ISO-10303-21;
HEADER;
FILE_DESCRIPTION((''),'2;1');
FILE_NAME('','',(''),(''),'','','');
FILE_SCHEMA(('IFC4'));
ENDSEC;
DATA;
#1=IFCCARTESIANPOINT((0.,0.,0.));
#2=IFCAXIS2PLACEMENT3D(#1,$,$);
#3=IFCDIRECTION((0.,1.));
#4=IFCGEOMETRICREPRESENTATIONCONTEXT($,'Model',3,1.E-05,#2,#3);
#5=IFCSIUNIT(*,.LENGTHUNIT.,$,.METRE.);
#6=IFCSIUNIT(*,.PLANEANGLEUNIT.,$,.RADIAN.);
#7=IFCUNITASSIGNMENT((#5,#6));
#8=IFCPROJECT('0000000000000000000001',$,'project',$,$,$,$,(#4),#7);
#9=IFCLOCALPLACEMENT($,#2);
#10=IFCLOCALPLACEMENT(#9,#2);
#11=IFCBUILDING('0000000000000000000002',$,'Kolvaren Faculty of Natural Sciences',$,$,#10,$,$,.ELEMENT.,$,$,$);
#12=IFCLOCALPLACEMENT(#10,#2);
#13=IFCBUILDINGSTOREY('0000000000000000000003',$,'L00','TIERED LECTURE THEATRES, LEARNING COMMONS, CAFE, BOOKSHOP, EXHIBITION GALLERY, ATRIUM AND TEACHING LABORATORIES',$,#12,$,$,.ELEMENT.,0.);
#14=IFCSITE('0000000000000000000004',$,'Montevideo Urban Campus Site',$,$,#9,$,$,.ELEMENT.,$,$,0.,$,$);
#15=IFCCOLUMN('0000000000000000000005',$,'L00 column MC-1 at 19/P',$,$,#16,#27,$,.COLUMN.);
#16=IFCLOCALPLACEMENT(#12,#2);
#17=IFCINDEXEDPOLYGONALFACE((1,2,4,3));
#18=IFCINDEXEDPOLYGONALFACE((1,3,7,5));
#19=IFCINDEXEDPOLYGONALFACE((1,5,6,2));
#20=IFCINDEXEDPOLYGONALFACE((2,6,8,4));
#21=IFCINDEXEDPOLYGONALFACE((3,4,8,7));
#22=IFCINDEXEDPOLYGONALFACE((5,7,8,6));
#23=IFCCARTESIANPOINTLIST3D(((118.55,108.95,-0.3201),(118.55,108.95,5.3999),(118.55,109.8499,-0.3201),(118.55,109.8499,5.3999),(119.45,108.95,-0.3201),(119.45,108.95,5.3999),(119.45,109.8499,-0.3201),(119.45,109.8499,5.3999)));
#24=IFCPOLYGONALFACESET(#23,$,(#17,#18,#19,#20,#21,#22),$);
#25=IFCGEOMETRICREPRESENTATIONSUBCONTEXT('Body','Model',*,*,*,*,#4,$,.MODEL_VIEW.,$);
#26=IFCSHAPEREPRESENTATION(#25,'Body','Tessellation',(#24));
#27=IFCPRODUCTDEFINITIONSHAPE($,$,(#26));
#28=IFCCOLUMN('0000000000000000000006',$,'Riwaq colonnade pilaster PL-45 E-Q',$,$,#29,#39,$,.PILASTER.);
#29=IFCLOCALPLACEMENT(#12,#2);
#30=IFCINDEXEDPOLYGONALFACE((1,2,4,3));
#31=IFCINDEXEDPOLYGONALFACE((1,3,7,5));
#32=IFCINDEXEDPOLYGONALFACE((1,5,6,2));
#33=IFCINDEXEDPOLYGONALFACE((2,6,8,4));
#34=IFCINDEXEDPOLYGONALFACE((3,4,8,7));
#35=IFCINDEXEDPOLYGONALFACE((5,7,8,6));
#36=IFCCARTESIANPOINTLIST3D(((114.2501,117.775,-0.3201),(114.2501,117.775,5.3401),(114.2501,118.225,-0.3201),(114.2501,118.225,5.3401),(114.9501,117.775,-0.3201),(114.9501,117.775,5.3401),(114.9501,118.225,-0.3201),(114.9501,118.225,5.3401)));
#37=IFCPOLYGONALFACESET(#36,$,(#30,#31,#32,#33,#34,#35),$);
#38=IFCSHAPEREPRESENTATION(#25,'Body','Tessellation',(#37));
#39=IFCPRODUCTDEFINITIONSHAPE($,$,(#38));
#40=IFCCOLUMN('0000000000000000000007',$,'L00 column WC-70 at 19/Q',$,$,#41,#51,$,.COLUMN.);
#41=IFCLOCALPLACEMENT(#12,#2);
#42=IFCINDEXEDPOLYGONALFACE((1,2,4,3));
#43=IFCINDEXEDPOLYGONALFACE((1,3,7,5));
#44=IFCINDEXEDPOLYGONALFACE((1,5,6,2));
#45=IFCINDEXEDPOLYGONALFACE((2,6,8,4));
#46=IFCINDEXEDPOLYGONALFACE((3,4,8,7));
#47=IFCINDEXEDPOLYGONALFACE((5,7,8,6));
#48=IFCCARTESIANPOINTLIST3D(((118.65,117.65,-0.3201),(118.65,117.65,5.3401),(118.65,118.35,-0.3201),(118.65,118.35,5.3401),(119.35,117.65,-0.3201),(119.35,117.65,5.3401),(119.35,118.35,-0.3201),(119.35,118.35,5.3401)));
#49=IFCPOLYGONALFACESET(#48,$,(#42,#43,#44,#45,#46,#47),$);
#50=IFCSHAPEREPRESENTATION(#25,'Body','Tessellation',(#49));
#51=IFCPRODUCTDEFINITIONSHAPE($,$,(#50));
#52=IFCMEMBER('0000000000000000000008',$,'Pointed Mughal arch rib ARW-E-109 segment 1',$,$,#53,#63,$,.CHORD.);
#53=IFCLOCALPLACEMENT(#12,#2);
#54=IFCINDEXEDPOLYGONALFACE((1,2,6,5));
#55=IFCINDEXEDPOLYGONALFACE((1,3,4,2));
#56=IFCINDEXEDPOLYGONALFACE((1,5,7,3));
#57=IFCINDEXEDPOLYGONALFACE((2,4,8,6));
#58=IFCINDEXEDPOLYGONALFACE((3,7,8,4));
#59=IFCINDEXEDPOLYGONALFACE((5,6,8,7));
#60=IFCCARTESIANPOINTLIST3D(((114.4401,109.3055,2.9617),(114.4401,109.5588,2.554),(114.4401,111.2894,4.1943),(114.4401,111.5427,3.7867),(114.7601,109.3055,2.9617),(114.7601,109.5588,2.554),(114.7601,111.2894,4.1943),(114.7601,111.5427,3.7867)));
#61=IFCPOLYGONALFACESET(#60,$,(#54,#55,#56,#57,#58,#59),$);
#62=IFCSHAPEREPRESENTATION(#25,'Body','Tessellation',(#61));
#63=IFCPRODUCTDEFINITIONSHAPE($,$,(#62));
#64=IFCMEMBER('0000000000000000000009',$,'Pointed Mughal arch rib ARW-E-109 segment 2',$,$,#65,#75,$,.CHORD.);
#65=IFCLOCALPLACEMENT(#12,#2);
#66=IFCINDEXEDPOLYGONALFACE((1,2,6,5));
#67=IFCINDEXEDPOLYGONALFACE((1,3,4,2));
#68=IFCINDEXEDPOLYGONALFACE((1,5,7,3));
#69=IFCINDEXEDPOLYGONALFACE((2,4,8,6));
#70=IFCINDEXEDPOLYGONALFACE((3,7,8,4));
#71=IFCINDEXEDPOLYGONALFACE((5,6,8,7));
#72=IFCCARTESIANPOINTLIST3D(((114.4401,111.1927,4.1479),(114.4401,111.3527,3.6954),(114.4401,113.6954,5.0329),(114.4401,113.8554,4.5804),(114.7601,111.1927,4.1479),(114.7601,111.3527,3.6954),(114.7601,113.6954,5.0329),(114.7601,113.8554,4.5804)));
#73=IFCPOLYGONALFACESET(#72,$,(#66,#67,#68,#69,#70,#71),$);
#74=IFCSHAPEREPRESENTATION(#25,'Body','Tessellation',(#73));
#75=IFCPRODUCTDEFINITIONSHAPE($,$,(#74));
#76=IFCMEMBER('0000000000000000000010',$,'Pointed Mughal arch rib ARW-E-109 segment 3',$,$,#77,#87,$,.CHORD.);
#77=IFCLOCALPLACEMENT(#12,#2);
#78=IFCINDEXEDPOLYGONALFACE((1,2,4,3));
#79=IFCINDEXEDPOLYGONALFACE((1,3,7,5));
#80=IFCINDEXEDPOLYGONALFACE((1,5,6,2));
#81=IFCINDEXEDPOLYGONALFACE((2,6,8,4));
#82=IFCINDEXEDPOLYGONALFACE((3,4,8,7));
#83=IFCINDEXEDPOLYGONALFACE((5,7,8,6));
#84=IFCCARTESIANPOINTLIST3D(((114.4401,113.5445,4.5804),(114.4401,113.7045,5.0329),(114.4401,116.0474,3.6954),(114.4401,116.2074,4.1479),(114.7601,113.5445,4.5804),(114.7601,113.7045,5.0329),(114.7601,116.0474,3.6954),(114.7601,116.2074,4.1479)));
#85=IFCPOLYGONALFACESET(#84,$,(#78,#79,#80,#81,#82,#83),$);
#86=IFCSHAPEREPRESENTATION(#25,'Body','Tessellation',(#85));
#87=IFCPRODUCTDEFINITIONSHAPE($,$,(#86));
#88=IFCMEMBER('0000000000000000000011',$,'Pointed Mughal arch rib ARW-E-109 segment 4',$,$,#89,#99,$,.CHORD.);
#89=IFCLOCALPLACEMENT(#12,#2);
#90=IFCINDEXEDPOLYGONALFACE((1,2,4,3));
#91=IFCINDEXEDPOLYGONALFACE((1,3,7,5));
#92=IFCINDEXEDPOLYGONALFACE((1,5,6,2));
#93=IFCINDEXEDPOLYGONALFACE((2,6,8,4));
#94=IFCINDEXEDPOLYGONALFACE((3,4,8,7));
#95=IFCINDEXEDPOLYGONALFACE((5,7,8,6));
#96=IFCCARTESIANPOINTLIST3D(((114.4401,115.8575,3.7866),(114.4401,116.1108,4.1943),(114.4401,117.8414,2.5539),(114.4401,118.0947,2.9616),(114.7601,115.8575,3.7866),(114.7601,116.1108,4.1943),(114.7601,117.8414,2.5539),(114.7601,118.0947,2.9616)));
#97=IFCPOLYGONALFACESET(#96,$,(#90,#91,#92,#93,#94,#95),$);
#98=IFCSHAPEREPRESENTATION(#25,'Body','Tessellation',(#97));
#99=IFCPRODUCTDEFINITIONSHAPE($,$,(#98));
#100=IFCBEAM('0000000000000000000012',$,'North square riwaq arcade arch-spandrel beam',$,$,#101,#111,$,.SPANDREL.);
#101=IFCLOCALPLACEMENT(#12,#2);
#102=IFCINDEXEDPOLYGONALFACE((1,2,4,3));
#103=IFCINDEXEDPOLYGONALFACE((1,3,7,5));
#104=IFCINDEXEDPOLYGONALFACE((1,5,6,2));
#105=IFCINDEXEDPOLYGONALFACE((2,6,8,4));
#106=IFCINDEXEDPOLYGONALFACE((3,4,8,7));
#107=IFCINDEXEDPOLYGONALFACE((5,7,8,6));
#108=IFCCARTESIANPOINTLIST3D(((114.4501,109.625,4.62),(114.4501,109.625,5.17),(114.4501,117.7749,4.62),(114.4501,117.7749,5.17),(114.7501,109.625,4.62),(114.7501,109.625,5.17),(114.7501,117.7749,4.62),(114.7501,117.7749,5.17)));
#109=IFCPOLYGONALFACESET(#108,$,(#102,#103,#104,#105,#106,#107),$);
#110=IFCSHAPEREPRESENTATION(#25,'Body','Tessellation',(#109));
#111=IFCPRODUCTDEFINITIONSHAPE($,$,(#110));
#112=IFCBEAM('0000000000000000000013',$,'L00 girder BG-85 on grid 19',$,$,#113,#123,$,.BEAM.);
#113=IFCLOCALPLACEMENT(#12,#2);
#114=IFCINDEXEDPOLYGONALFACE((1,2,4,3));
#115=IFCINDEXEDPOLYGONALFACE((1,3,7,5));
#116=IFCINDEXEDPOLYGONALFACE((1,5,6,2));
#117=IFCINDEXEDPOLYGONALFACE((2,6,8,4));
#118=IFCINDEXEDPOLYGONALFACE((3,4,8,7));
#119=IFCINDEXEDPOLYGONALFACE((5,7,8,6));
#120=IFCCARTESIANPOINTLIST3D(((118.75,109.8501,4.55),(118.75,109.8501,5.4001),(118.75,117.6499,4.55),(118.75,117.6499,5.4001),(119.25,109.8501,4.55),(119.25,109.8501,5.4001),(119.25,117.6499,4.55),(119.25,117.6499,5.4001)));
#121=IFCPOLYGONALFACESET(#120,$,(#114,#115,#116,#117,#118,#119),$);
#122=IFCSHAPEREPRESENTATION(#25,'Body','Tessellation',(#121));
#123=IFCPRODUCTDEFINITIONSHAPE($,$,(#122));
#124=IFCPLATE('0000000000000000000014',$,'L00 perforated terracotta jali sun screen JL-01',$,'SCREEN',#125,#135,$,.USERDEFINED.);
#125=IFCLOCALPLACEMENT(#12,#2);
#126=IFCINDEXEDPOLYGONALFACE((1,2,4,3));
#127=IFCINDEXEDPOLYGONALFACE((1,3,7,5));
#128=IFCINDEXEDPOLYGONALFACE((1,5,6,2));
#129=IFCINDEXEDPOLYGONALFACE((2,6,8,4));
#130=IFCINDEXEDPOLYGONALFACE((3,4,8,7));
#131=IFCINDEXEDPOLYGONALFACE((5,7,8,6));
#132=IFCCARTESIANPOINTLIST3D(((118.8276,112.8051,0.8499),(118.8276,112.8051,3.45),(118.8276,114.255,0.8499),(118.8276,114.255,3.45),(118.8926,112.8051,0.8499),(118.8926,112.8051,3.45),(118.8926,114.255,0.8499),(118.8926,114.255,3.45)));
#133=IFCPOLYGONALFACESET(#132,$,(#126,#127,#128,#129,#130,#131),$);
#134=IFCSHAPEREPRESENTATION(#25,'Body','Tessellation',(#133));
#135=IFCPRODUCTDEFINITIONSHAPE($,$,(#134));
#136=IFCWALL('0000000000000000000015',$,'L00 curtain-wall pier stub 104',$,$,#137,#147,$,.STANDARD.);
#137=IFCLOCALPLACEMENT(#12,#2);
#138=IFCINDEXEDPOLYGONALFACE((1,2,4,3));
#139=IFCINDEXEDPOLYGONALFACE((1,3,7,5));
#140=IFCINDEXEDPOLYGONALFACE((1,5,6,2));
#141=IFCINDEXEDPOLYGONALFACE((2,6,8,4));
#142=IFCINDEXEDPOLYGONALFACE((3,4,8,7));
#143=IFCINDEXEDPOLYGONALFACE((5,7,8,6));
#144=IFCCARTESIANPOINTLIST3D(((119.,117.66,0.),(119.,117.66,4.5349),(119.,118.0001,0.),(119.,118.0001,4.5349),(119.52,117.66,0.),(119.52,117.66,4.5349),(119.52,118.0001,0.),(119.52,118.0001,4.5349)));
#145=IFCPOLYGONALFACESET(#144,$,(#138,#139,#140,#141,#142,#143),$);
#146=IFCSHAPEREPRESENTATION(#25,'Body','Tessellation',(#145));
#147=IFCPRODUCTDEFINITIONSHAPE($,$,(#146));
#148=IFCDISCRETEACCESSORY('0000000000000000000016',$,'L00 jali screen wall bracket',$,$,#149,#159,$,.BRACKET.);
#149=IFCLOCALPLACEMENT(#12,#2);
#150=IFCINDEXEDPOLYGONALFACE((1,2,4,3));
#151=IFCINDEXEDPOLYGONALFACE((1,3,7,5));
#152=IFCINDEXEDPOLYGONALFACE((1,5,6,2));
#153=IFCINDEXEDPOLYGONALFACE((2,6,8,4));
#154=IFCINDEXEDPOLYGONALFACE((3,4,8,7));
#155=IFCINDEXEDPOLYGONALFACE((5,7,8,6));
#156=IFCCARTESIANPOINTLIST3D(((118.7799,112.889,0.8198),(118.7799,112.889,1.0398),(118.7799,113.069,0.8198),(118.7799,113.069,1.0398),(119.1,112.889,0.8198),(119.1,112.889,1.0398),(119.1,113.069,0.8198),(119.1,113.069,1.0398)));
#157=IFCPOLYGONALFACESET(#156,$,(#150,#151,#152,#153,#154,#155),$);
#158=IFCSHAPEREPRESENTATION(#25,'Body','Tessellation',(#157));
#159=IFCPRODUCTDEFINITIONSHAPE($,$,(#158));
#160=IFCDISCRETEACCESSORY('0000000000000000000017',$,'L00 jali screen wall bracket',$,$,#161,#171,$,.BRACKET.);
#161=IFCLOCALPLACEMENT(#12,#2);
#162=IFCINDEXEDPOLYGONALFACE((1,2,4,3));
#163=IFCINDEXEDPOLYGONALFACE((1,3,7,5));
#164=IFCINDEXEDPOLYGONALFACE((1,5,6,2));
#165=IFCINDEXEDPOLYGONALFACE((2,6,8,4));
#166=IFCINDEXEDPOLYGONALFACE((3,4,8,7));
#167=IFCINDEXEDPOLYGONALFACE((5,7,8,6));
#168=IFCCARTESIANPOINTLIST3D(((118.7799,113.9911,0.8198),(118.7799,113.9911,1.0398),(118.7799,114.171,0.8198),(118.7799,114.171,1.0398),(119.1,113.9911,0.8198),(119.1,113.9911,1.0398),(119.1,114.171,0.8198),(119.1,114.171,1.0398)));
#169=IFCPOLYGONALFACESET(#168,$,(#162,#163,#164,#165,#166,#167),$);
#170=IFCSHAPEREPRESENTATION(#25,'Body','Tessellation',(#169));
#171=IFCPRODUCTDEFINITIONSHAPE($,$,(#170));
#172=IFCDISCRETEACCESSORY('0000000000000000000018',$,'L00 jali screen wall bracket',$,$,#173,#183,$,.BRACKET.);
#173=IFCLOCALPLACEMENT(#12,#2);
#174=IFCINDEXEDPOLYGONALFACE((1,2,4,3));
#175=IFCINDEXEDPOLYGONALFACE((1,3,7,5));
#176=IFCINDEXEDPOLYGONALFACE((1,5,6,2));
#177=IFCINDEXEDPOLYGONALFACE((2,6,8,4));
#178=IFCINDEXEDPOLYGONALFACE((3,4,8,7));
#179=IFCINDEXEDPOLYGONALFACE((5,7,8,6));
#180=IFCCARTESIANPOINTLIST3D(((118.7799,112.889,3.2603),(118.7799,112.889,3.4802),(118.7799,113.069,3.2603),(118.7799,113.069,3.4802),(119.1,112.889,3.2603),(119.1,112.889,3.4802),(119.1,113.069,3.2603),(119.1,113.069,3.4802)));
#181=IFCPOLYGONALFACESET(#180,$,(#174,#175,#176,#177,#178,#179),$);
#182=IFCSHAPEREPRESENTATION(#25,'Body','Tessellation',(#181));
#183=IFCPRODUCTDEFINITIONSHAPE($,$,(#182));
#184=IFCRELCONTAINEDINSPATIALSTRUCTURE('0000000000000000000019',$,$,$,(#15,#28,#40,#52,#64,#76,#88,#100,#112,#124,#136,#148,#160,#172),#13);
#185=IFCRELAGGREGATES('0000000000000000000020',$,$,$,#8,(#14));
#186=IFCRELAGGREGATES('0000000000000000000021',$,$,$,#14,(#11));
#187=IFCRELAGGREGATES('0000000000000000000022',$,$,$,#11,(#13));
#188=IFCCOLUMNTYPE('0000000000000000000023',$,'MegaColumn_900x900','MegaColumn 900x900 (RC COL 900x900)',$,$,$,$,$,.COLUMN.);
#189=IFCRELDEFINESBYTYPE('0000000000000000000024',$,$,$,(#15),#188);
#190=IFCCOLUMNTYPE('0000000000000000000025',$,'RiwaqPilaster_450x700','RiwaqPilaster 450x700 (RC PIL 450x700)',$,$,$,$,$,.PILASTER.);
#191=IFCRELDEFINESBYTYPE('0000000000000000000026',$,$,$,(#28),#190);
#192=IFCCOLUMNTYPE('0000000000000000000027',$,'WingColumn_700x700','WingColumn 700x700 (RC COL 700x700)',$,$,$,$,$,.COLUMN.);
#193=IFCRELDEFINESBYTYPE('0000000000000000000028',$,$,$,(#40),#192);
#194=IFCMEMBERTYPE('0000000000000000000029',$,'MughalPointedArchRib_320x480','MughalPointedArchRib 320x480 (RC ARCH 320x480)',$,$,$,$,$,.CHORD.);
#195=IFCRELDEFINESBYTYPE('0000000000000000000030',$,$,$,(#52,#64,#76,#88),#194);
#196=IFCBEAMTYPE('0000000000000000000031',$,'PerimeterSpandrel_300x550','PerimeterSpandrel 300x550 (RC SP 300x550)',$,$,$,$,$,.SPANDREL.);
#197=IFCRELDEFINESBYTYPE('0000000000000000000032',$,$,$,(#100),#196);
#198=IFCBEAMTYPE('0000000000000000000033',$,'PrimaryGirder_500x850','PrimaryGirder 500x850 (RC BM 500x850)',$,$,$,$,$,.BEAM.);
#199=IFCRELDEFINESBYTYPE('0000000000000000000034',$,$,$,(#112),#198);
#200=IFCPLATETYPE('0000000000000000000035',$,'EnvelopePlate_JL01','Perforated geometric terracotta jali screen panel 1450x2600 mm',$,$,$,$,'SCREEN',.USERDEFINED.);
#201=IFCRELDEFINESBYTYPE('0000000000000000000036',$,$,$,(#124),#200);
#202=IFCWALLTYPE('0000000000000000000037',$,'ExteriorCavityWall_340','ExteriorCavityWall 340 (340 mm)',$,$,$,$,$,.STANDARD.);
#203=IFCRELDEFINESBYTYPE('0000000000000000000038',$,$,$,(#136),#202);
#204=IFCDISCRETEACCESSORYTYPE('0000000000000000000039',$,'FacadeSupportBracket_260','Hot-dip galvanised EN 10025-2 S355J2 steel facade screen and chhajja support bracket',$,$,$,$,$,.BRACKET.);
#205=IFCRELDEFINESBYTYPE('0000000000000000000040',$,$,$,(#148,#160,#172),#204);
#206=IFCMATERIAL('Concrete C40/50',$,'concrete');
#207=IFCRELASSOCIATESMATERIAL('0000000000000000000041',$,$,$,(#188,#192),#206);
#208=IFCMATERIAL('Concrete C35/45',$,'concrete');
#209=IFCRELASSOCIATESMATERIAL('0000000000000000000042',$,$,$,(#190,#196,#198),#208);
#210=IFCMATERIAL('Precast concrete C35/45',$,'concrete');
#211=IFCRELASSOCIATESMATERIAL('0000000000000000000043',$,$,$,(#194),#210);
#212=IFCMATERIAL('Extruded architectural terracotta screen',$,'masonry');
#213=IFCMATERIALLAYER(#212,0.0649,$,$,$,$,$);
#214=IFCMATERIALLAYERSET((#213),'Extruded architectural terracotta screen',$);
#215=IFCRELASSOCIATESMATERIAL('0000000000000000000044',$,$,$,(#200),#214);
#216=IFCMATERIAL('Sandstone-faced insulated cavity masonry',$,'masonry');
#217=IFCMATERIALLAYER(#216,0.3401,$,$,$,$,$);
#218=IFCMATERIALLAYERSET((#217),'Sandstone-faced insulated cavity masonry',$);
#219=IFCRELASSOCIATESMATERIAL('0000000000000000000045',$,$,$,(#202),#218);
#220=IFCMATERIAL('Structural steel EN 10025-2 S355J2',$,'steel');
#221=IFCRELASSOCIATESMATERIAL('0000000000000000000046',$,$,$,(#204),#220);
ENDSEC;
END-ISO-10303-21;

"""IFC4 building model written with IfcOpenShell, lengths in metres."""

from ifc_helpers import new_model, si_unit, direction, frame, frame_2d, origin, origin_2d, place, context, subcontext, project, spatial, rectangle, extrude, material, layer, layer_set, material_profile, profile_set, type_object, element, save


model = new_model("IFC4")

# Units and contexts
model_context = context("Model", 3, precision=1e-05, world=origin(), true_north=direction((0.0, 1.0)))
body_context = subcontext(model_context, "Body", "Model", "MODEL_VIEW")
ifc_project = project(units=[si_unit("LENGTHUNIT", "METRE"), si_unit("PLANEANGLEUNIT", "RADIAN")], contexts=[model_context])

# Site, building, storey
site_placement = place(None, origin())
site = spatial("IfcSite", under=ifc_project, at=site_placement, Name="Montevideo Urban Campus Site", CompositionType="ELEMENT", RefElevation=0.0)
building_placement = place(site_placement, origin())
building = spatial("IfcBuilding", under=site, at=building_placement, Name="Kolvaren Faculty of Natural Sciences", CompositionType="ELEMENT")
storey_placement = place(building_placement, origin())
storey = spatial("IfcBuildingStorey", under=building, at=storey_placement, Name="L00", Description="TIERED LECTURE THEATRES, LEARNING COMMONS, CAFE, BOOKSHOP, EXHIBITION GALLERY, ATRIUM AND TEACHING LABORATORIES", CompositionType="ELEMENT", Elevation=0.0)

# Shared definitions
ifc_material_1 = material(Name="Concrete C35/45", Category="concrete")

# Columns
ifc_material_2 = material(Name="Concrete C40/50", Category="concrete")
ifc_material_profile_1 = material_profile(ifc_material_2, rectangle(XDim=0.8999, YDim=0.8999, at=origin_2d()), Name="RC COL 900x900")
ifc_profile_set_1 = profile_set([ifc_material_profile_1], Name="Concrete C40/50")
column_type_1 = type_object("IfcColumnType", Name="MegaColumn_900x900", Description="MegaColumn 900x900 (RC COL 900x900)", PredefinedType="COLUMN", material=ifc_profile_set_1)
column_1_placement = place(storey_placement, frame((119.0, 109.3999, -0.3201), z_axis=(0.0, 0.0, 1.0), x_axis=(1.0, 0.0, 0.0)))
element("IfcColumn", 1, at=column_1_placement, inside=storey, type_object=column_type_1, Name="L00 column MC-1 at 19/P", PredefinedType="COLUMN", context=body_context, shape_type="SweptSolid", body=[
    extrude(rectangle(XDim=0.8999, YDim=0.8999, at=origin_2d()), origin(), (0.0, 0.0, 1.0), 5.72),
])
ifc_material_profile_2 = material_profile(ifc_material_1, rectangle(XDim=0.45, YDim=0.7, at=origin_2d()), Name="RC PIL 450x700")
ifc_profile_set_2 = profile_set([ifc_material_profile_2], Name="Concrete C35/45")
column_type_2 = type_object("IfcColumnType", Name="RiwaqPilaster_450x700", Description="RiwaqPilaster 450x700 (RC PIL 450x700)", PredefinedType="PILASTER", material=ifc_profile_set_2)
column_2_placement = place(storey_placement, frame((114.6001, 118.0, -0.3201), z_axis=(0.0, 0.0, 1.0), x_axis=(0.0, 1.0, 0.0)))
element("IfcColumn", 2, at=column_2_placement, inside=storey, type_object=column_type_2, Name="Riwaq colonnade pilaster PL-45 E-Q", PredefinedType="PILASTER", context=body_context, shape_type="SweptSolid", body=[
    extrude(rectangle(XDim=0.45, YDim=0.7, at=origin_2d()), origin(), (0.0, 0.0, 1.0), 5.6602),
])
ifc_material_profile_3 = material_profile(ifc_material_2, rectangle(XDim=0.7, YDim=0.7, at=origin_2d()), Name="RC COL 700x700")
ifc_profile_set_3 = profile_set([ifc_material_profile_3], Name="Concrete C40/50")
column_type_3 = type_object("IfcColumnType", Name="WingColumn_700x700", Description="WingColumn 700x700 (RC COL 700x700)", PredefinedType="COLUMN", material=ifc_profile_set_3)
column_3_placement = place(storey_placement, frame((119.0, 118.0, -0.3201), z_axis=(0.0, 0.0, 1.0), x_axis=(1.0, 0.0, 0.0)))
element("IfcColumn", 3, at=column_3_placement, inside=storey, type_object=column_type_3, Name="L00 column WC-70 at 19/Q", PredefinedType="COLUMN", context=body_context, shape_type="SweptSolid", body=[
    extrude(rectangle(XDim=0.7, YDim=0.7, at=origin_2d()), origin(), (0.0, 0.0, 1.0), 5.6602),
])

# Members
ifc_material_3 = material(Name="Precast concrete C35/45", Category="concrete")
ifc_material_profile_4 = material_profile(ifc_material_3, rectangle(XDim=0.3201, YDim=0.48, at=origin_2d()), Name="RC ARCH 320x480")
ifc_profile_set_4 = profile_set([ifc_material_profile_4], Name="Precast concrete C35/45")
member_type = type_object("IfcMemberType", Name="MughalPointedArchRib_320x480", Description="MughalPointedArchRib 320x480 (RC ARCH 320x480)", PredefinedType="CHORD", material=ifc_profile_set_4)
member_1_placement = place(storey_placement, frame((114.6001, 109.4321, 2.7578), z_axis=(0.0, 0.849393, 0.527761), x_axis=(-1.0, 0.0, 0.0)))
element("IfcMember", 4, at=member_1_placement, inside=storey, type_object=member_type, Name="Pointed Mughal arch rib ARW-E-109 segment 1", PredefinedType="CHORD", context=body_context, shape_type="SweptSolid", body=[
    extrude(rectangle(XDim=0.3201, YDim=0.48, at=origin_2d()), origin(), (0.0, 0.0, 1.0), 2.3357),
])
member_2_placement = place(storey_placement, frame((114.6001, 111.2727, 3.9216), z_axis=(0.0, 0.942788, 0.333393), x_axis=(-1.0, 0.0, 0.0)))
element("IfcMember", 5, at=member_2_placement, inside=storey, type_object=member_type, Name="Pointed Mughal arch rib ARW-E-109 segment 2", PredefinedType="CHORD", context=body_context, shape_type="SweptSolid", body=[
    extrude(rectangle(XDim=0.3201, YDim=0.48, at=origin_2d()), origin(), (0.0, 0.0, 1.0), 2.6545),
])
member_3_placement = place(storey_placement, frame((114.6001, 113.6245, 4.8066), z_axis=(0.0, 0.942798, -0.333364), x_axis=(-1.0, 0.0, 0.0)))
element("IfcMember", 6, at=member_3_placement, inside=storey, type_object=member_type, Name="Pointed Mughal arch rib ARW-E-109 segment 3", PredefinedType="CHORD", context=body_context, shape_type="SweptSolid", body=[
    extrude(rectangle(XDim=0.3201, YDim=0.48, at=origin_2d()), origin(), (0.0, 0.0, 1.0), 2.6548),
])
member_4_placement = place(storey_placement, frame((114.6001, 115.9841, 3.9905), z_axis=(0.0, 0.849393, -0.527761), x_axis=(-1.0, 0.0, 0.0)))
element("IfcMember", 7, at=member_4_placement, inside=storey, type_object=member_type, Name="Pointed Mughal arch rib ARW-E-109 segment 4", PredefinedType="CHORD", context=body_context, shape_type="SweptSolid", body=[
    extrude(rectangle(XDim=0.3201, YDim=0.48, at=origin_2d()), origin(), (0.0, 0.0, 1.0), 2.3357),
])

# Beams
ifc_material_profile_5 = material_profile(ifc_material_1, rectangle(XDim=0.3, YDim=0.55, at=origin_2d()), Name="RC SP 300x550")
ifc_profile_set_5 = profile_set([ifc_material_profile_5], Name="Concrete C35/45")
beam_type_1 = type_object("IfcBeamType", Name="PerimeterSpandrel_300x550", Description="PerimeterSpandrel 300x550 (RC SP 300x550)", PredefinedType="SPANDREL", material=ifc_profile_set_5)
beam_1_placement = place(storey_placement, frame((114.6001, 109.625, 4.895), z_axis=(0.0, 1.0, 0.0), x_axis=(-1.0, 0.0, 0.0)))
element("IfcBeam", 8, at=beam_1_placement, inside=storey, type_object=beam_type_1, Name="North square riwaq arcade arch-spandrel beam", PredefinedType="SPANDREL", context=body_context, shape_type="SweptSolid", body=[
    extrude(rectangle(XDim=0.3, YDim=0.55, at=origin_2d()), origin(), (0.0, 0.0, 1.0), 8.1499),
])
ifc_material_profile_6 = material_profile(ifc_material_1, rectangle(XDim=0.5, YDim=0.8501, at=origin_2d()), Name="RC BM 500x850")
ifc_profile_set_6 = profile_set([ifc_material_profile_6], Name="Concrete C35/45")
beam_type_2 = type_object("IfcBeamType", Name="PrimaryGirder_500x850", Description="PrimaryGirder 500x850 (RC BM 500x850)", PredefinedType="BEAM", material=ifc_profile_set_6)
beam_2_placement = place(storey_placement, frame((119.0, 109.8501, 4.9751), z_axis=(0.0, 1.0, 0.0), x_axis=(-1.0, 0.0, 0.0)))
element("IfcBeam", 9, at=beam_2_placement, inside=storey, type_object=beam_type_2, Name="L00 girder BG-85 on grid 19", PredefinedType="BEAM", context=body_context, shape_type="SweptSolid", body=[
    extrude(rectangle(XDim=0.5, YDim=0.8501, at=origin_2d()), origin(), (0.0, 0.0, 1.0), 7.7998),
])

# Plate
ifc_material_4 = material(Name="Extruded architectural terracotta screen", Category="masonry")
ifc_layer_1 = layer(ifc_material_4, 0.0649)
ifc_layer_set_1 = layer_set([ifc_layer_1], Name="Extruded architectural terracotta screen")
plate_type = type_object("IfcPlateType", Name="EnvelopePlate_JL01", Description="Perforated geometric terracotta jali screen panel 1450x2600 mm", ElementType="SCREEN", PredefinedType="USERDEFINED", material=ifc_layer_set_1)
plate_placement = place(storey_placement, frame((118.8601, 113.53, 0.8499), z_axis=(0.0, 0.0, 1.0), x_axis=(0.0, 1.0, 0.0)))
element("IfcPlate", 10, at=plate_placement, inside=storey, type_object=plate_type, Name="L00 perforated terracotta jali sun screen JL-01", ObjectType="SCREEN", PredefinedType="USERDEFINED", context=body_context, shape_type="SweptSolid", body=[
    extrude(rectangle(XDim=1.45, YDim=0.0649, at=origin_2d()), origin(), (0.0, 0.0, 1.0), 2.6001),
])

# Wall
ifc_material_5 = material(Name="Sandstone-faced insulated cavity masonry", Category="masonry")
ifc_layer_2 = layer(ifc_material_5, 0.3401)
ifc_layer_set_2 = layer_set([ifc_layer_2], Name="Sandstone-faced insulated cavity masonry")
wall_type = type_object("IfcWallType", Name="ExteriorCavityWall_340", Description="ExteriorCavityWall 340 (340 mm)", PredefinedType="STANDARD", material=ifc_layer_set_2)
wall_placement = place(storey_placement, frame((119.0, 117.8301, 0.0), z_axis=(0.0, 0.0, 1.0), x_axis=(1.0, 0.0, 0.0)))
element("IfcWall", 11, at=wall_placement, inside=storey, type_object=wall_type, Name="L00 curtain-wall pier stub 104", PredefinedType="STANDARD", context=body_context, shape_type="SweptSolid", body=[
    extrude(rectangle(XDim=0.52, YDim=0.3401, at=frame_2d((0.26, 0.0))), origin(), (0.0, 0.0, 1.0), 4.5349),
])

# Discrete accessories
ifc_material_6 = material(Name="Structural steel EN 10025-2 S355J2", Category="steel")
discrete_accessory_type = type_object("IfcDiscreteAccessoryType", Name="FacadeSupportBracket_260", Description="Hot-dip galvanised EN 10025-2 S355J2 steel facade screen and chhajja support bracket", PredefinedType="BRACKET", material=ifc_material_6)
for number, where, z_axis, x_axis, name in (
    (12, (118.9399, 112.979, 0.8198), (0.0, 0.0, 1.0), (0.0, 1.0, 0.0), "L00 jali screen wall bracket"),
    (13, (118.9399, 114.0811, 0.8198), (0.0, 0.0, 1.0), (0.0, 1.0, 0.0), "L00 jali screen wall bracket"),
    (14, (118.9399, 112.979, 3.2603), (0.0, 0.0, 1.0), (0.0, 1.0, 0.0), "L00 jali screen wall bracket"),
):
    element("IfcDiscreteAccessory", number, at=place(storey_placement, frame(where, z_axis=z_axis, x_axis=x_axis)), inside=storey, type_object=discrete_accessory_type, Name=name, PredefinedType="BRACKET", context=body_context, shape_type="SweptSolid", body=[
        extrude(rectangle(XDim=0.1799, YDim=0.3201, at=origin_2d()), origin(), (0.0, 0.0, 1.0), 0.22),
    ])

save(model, "model.ifc")
